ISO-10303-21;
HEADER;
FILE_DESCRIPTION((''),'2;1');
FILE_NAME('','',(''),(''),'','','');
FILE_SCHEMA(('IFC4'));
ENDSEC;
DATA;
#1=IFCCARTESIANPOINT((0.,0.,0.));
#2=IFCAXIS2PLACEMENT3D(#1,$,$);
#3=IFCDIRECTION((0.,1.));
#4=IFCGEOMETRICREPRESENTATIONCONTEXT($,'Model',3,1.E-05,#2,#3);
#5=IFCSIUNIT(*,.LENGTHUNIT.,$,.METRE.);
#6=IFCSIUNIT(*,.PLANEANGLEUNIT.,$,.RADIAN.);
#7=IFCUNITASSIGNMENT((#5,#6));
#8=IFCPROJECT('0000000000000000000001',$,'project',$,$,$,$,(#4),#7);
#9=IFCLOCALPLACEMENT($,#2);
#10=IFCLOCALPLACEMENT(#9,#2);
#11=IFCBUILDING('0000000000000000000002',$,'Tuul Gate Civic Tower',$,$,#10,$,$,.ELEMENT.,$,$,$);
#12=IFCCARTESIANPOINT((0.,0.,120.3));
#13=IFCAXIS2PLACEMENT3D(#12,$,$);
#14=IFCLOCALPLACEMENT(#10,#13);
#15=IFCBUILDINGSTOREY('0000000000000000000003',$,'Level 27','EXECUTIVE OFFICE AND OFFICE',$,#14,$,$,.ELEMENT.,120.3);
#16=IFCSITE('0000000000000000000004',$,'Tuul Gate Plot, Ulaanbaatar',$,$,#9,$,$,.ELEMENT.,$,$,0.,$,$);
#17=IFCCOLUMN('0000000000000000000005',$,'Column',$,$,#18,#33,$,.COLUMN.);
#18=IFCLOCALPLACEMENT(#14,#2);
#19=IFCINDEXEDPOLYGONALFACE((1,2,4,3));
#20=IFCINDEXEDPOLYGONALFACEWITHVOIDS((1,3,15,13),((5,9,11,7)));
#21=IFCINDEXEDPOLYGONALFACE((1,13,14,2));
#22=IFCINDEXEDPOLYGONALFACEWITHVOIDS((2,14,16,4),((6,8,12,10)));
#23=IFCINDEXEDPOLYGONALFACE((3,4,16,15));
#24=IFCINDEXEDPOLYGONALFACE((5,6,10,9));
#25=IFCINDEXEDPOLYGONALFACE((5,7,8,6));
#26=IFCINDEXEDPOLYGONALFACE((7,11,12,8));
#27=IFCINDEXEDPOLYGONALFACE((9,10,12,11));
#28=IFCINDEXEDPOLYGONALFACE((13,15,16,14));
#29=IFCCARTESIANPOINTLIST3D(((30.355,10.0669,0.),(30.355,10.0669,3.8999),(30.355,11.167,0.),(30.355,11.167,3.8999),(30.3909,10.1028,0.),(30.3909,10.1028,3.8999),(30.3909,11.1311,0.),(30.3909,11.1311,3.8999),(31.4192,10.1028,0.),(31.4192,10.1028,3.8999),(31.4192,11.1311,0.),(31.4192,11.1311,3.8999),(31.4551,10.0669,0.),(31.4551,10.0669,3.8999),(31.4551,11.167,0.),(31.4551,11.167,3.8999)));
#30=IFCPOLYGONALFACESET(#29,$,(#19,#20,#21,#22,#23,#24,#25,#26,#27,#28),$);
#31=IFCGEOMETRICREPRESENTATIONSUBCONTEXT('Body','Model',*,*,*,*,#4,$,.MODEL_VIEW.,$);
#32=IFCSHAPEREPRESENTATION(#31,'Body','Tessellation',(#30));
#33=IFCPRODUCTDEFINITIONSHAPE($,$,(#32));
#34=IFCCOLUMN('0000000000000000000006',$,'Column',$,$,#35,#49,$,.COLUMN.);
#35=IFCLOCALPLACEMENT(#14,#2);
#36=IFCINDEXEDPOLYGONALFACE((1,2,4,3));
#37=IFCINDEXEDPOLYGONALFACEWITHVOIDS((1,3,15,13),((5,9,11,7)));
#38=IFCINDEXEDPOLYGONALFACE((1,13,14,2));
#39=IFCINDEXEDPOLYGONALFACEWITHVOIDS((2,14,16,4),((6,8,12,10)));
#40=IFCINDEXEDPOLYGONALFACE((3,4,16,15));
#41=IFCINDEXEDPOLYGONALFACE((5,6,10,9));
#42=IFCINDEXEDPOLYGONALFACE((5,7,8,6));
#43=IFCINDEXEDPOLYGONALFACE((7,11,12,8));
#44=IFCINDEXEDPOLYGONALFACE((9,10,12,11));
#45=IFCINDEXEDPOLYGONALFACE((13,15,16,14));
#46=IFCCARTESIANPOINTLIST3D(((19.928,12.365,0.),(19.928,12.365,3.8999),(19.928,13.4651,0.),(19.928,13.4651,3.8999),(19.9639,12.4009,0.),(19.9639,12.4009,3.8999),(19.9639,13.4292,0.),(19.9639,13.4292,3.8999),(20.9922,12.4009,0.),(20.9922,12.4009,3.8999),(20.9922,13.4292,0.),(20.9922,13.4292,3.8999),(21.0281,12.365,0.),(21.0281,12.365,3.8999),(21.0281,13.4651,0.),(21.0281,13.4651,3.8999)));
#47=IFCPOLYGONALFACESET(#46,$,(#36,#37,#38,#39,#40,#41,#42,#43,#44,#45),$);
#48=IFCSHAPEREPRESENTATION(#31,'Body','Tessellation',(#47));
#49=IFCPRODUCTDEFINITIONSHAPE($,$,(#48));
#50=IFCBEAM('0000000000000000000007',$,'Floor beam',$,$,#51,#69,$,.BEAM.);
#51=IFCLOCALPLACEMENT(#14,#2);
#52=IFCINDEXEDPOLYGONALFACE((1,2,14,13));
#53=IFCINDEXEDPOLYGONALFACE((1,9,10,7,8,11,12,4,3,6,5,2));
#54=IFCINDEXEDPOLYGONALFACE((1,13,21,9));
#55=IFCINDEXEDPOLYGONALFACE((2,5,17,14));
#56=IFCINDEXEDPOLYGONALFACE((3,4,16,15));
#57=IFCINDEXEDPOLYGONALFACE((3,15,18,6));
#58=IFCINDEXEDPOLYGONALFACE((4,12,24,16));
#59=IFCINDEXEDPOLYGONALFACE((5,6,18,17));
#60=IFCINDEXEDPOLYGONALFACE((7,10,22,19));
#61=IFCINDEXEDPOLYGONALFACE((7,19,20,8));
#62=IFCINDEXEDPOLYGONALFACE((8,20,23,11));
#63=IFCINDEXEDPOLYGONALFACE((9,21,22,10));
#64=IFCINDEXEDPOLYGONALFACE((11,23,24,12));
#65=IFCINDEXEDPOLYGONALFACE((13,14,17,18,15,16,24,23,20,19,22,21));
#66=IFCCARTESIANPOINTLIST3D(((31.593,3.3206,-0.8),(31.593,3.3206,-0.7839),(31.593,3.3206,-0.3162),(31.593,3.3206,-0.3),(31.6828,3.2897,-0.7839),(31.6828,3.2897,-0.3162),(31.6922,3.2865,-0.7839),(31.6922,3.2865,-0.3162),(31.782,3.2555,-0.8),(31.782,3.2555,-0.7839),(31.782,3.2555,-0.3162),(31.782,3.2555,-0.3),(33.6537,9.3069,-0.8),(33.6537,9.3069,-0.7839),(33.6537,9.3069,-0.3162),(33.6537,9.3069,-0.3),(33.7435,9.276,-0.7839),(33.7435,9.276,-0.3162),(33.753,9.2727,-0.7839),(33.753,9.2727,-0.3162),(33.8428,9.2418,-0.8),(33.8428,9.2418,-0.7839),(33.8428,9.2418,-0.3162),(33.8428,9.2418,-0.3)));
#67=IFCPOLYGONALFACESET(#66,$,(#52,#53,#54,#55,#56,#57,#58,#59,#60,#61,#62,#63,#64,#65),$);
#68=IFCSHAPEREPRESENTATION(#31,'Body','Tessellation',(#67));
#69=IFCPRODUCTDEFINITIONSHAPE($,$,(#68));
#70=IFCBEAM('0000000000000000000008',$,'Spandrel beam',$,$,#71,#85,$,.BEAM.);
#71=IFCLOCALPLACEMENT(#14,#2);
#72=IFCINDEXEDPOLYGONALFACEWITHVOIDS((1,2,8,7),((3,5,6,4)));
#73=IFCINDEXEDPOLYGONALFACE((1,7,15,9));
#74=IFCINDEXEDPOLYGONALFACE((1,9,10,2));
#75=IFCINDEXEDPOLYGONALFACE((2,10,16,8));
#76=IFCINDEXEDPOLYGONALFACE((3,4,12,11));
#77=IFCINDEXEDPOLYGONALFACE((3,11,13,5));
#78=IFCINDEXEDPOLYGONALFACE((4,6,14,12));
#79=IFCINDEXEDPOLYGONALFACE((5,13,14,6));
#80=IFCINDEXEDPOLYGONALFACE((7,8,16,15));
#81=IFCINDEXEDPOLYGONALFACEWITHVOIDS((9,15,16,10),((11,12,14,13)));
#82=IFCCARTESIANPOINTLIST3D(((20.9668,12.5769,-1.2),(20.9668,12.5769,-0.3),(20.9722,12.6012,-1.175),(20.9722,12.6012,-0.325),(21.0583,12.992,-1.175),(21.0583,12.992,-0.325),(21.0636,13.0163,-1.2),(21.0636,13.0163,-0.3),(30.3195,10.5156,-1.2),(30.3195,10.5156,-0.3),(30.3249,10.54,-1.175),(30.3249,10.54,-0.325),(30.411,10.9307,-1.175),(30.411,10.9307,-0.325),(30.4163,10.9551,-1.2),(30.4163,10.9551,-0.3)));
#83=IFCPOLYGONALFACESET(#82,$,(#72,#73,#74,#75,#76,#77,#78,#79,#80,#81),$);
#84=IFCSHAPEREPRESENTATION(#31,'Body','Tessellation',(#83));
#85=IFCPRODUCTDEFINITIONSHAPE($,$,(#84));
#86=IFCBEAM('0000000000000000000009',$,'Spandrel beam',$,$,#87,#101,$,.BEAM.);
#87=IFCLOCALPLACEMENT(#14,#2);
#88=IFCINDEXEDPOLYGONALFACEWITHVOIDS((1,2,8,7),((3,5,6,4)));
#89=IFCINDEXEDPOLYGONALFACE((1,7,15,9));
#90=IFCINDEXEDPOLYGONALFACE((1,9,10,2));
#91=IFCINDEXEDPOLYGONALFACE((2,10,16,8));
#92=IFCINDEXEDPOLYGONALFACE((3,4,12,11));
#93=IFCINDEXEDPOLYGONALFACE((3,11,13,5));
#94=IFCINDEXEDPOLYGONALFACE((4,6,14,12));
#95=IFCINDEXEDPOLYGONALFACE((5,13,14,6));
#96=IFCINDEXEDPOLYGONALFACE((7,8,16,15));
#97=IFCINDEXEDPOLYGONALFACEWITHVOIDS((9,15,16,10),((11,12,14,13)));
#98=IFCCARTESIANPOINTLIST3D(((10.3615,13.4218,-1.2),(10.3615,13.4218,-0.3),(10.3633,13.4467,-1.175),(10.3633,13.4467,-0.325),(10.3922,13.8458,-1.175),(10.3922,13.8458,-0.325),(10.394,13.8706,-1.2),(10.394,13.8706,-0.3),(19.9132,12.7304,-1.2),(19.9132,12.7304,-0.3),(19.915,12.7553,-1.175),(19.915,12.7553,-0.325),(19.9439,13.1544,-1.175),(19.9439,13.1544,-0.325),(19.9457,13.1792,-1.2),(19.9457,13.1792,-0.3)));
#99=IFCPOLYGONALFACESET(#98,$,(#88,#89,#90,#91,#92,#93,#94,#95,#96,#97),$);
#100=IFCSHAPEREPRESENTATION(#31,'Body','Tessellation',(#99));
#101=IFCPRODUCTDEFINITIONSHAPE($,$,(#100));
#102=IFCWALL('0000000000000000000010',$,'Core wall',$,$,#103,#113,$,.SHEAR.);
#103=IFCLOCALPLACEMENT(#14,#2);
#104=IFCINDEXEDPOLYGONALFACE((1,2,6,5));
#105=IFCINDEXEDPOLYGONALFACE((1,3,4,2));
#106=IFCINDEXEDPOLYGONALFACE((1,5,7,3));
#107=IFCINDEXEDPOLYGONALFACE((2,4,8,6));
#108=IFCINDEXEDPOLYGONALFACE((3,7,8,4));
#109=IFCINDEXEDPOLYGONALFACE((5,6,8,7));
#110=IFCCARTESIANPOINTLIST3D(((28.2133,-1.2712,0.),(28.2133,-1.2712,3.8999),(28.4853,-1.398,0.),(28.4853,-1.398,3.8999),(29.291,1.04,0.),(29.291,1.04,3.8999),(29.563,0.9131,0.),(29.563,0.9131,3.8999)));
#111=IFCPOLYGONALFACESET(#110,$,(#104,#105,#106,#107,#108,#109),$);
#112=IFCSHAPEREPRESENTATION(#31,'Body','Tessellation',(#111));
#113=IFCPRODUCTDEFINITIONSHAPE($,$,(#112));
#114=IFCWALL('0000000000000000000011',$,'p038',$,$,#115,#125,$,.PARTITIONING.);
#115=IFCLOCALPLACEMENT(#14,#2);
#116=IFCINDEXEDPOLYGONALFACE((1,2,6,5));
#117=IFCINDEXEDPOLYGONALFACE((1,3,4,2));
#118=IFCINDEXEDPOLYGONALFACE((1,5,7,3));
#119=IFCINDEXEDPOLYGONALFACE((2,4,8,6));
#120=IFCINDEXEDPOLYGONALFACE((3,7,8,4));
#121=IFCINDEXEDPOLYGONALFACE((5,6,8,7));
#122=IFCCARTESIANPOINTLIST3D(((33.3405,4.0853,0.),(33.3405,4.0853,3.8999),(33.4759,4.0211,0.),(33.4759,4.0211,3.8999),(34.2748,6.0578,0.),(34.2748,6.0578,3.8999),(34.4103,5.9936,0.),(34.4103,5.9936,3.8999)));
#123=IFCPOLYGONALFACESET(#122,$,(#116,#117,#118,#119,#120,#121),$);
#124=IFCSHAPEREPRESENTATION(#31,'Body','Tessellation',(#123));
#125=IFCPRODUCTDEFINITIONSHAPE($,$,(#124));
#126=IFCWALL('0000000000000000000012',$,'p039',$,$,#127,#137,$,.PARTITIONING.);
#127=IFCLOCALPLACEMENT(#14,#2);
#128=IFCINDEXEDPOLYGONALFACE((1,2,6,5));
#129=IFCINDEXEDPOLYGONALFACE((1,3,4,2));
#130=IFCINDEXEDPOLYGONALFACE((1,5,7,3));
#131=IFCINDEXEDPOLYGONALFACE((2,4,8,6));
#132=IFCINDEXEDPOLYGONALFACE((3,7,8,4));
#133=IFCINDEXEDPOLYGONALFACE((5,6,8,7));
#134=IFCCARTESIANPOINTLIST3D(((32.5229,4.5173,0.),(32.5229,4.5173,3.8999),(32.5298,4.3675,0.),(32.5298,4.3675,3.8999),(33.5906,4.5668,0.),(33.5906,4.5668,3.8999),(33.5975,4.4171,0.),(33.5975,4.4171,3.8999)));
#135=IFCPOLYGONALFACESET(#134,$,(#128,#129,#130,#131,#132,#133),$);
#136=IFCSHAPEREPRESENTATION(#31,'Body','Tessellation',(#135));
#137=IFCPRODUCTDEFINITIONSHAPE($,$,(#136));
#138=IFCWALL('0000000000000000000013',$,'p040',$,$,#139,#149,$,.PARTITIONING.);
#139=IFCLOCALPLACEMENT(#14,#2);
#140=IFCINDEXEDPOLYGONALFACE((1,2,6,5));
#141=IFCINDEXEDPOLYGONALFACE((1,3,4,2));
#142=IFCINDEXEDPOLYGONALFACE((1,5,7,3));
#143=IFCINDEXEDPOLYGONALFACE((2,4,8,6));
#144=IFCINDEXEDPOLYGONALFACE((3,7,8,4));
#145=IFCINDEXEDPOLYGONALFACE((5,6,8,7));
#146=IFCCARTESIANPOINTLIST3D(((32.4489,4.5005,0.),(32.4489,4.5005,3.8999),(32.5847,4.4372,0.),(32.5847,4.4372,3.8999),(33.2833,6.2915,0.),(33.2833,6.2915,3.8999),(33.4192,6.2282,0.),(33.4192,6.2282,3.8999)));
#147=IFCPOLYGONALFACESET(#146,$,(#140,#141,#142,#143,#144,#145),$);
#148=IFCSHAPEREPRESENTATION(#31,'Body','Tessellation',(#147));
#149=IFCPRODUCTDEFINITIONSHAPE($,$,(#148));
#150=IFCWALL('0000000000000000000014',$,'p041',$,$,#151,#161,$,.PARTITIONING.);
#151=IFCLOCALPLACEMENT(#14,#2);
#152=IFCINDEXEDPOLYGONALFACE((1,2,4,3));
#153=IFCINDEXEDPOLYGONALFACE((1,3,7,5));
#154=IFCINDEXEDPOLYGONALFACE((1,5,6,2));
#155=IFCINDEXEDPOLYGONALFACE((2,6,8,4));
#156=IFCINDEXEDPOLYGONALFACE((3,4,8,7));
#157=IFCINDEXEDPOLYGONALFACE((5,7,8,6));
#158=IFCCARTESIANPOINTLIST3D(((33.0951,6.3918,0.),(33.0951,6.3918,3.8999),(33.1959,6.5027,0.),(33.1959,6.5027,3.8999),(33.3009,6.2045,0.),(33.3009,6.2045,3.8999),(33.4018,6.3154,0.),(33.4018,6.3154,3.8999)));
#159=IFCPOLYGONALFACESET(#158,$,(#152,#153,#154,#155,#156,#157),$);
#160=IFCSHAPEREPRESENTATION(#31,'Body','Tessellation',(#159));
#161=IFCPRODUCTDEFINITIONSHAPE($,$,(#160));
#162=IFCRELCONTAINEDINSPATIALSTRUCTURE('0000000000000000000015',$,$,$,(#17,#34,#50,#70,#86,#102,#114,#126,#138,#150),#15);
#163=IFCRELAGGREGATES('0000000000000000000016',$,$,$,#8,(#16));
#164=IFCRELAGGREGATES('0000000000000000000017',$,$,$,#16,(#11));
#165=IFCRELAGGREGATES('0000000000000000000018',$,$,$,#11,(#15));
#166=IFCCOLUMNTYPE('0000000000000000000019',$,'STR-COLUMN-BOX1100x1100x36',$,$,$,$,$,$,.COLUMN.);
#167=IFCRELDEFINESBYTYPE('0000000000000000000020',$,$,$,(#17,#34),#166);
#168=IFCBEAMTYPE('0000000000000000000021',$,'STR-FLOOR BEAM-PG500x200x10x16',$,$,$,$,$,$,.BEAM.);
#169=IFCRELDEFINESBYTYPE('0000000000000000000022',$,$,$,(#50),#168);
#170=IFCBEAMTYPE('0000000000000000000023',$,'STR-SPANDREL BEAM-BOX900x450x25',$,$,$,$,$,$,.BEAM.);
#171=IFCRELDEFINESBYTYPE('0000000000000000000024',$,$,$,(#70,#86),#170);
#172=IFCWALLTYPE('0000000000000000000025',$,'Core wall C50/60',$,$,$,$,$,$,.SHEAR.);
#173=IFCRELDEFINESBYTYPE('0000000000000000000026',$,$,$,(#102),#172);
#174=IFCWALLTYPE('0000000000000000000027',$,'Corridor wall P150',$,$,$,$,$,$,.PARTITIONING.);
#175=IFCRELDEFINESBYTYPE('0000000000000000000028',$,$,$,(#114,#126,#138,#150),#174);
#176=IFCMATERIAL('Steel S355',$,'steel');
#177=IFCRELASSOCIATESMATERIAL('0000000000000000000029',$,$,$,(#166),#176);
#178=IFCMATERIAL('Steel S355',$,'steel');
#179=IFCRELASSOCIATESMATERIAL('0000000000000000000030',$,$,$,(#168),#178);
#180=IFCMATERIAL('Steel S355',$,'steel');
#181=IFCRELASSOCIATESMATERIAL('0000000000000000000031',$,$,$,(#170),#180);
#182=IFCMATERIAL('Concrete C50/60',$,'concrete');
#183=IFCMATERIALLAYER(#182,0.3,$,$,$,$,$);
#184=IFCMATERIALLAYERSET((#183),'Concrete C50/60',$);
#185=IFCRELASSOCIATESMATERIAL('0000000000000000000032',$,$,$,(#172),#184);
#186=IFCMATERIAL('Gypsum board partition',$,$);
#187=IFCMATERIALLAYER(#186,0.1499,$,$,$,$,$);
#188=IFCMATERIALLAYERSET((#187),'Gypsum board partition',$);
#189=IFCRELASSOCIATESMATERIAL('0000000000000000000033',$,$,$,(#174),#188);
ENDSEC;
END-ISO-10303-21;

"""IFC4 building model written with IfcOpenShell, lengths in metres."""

from ifc_helpers import new_model, si_unit, direction, frame, frame_2d, origin, origin_2d, place, context, subcontext, project, spatial, rectangle, hollow_rectangle, i_section, extrude, material, layer, layer_set, material_profile, profile_set, type_object, element, save


model = new_model("IFC4")

# Units and contexts
model_context = context("Model", 3, precision=1e-05, world=origin(), true_north=direction((0.0, 1.0)))
body_context = subcontext(model_context, "Body", "Model", "MODEL_VIEW")
ifc_project = project(units=[si_unit("LENGTHUNIT", "METRE"), si_unit("PLANEANGLEUNIT", "RADIAN")], contexts=[model_context])

# Site, building, storey
site_placement = place(None, origin())
site = spatial("IfcSite", under=ifc_project, at=site_placement, Name="Tuul Gate Plot, Ulaanbaatar", CompositionType="ELEMENT", RefElevation=0.0)
building_placement = place(site_placement, origin())
building = spatial("IfcBuilding", under=site, at=building_placement, Name="Tuul Gate Civic Tower", CompositionType="ELEMENT")
storey_placement = place(building_placement, frame((0.0, 0.0, 120.3)))
storey = spatial("IfcBuildingStorey", under=building, at=storey_placement, Name="Level 27", Description="EXECUTIVE OFFICE AND OFFICE", CompositionType="ELEMENT", Elevation=120.3)

# Columns
ifc_material_1 = material(Name="Steel S355", Category="steel")
ifc_material_profile_1 = material_profile(ifc_material_1, hollow_rectangle(XDim=1.1001, YDim=1.1001, WallThickness=0.0359, at=origin_2d()), Name="BOX1100x1100x36")
ifc_profile_set_1 = profile_set([ifc_material_profile_1], Name="Steel S355")
column_type = type_object("IfcColumnType", Name="STR-COLUMN-BOX1100x1100x36", PredefinedType="COLUMN", material=ifc_profile_set_1)
for number, where, z_axis, x_axis, name in (
    (1, (30.905, 10.6169, 0.0), (0.0, 0.0, 1.0), (1.0, 0.0, 0.0), "Column"),
    (2, (20.478, 12.915, 0.0), (0.0, 0.0, 1.0), (1.0, 0.0, 0.0), "Column"),
):
    element("IfcColumn", number, at=place(storey_placement, frame(where, z_axis=z_axis, x_axis=x_axis)), inside=storey, type_object=column_type, Name=name, PredefinedType="COLUMN", context=body_context, shape_type="SweptSolid", body=[
        extrude(hollow_rectangle(XDim=1.1001, YDim=1.1001, WallThickness=0.0359, at=origin_2d()), origin(), (0.0, 0.0, 1.0), 3.8999),
    ])

# Beams
ifc_material_2 = material(Name="Steel S355", Category="steel")
ifc_material_profile_2 = material_profile(ifc_material_2, i_section(OverallWidth=0.2, OverallDepth=0.5, WebThickness=0.01, FlangeThickness=0.0161, at=origin_2d()), Name="PG500x200x10x16")
ifc_profile_set_2 = profile_set([ifc_material_profile_2], Name="Steel S355")
beam_type_1 = type_object("IfcBeamType", Name="STR-FLOOR BEAM-PG500x200x10x16", PredefinedType="BEAM", material=ifc_profile_set_2)
beam_1_placement = place(storey_placement, frame((31.6875, 3.2881, -0.55), z_axis=(0.325502, 0.945541, 0.0), x_axis=(-0.945541, 0.325502, 0.0)))
element("IfcBeam", 3, at=beam_1_placement, inside=storey, type_object=beam_type_1, Name="Floor beam", PredefinedType="BEAM", context=body_context, shape_type="SweptSolid", body=[
    extrude(i_section(OverallWidth=0.2, OverallDepth=0.5, WebThickness=0.01, FlangeThickness=0.0161, at=origin_2d()), origin(), (0.0, 0.0, 1.0), 6.3311),
])
ifc_material_3 = material(Name="Steel S355", Category="steel")
ifc_material_profile_3 = material_profile(ifc_material_3, hollow_rectangle(XDim=0.45, YDim=0.8999, WallThickness=0.0249, at=origin_2d()), Name="BOX900x450x25")
ifc_profile_set_3 = profile_set([ifc_material_profile_3], Name="Steel S355")
beam_type_2 = type_object("IfcBeamType", Name="STR-SPANDREL BEAM-BOX900x450x25", PredefinedType="BEAM", material=ifc_profile_set_3)
beam_2_placement = place(storey_placement, frame((30.3679, 10.7354, -0.75), z_axis=(-0.976564, 0.215227, 0.0), x_axis=(-0.215227, -0.976564, 0.0)))
element("IfcBeam", 4, at=beam_2_placement, inside=storey, type_object=beam_type_2, Name="Spandrel beam", PredefinedType="BEAM", context=body_context, shape_type="SweptSolid", body=[
    extrude(hollow_rectangle(XDim=0.45, YDim=0.8999, WallThickness=0.0249, at=origin_2d()), origin(), (0.0, 0.0, 1.0), 9.5771),
])
beam_3_placement = place(storey_placement, frame((19.9294, 12.9548, -0.75), z_axis=(-0.99739, 0.072196, 0.0), x_axis=(-0.072196, -0.99739, 0.0)))
element("IfcBeam", 5, at=beam_3_placement, inside=storey, type_object=beam_type_2, Name="Spandrel beam", PredefinedType="BEAM", context=body_context, shape_type="SweptSolid", body=[
    extrude(hollow_rectangle(XDim=0.45, YDim=0.8999, WallThickness=0.0249, at=origin_2d()), origin(), (0.0, 0.0, 1.0), 9.5767),
])

# Walls
ifc_material_4 = material(Name="Concrete C50/60", Category="concrete")
ifc_layer_1 = layer(ifc_material_4, 0.3)
ifc_layer_set_1 = layer_set([ifc_layer_1], Name="Concrete C50/60")
wall_type_1 = type_object("IfcWallType", Name="Core wall C50/60", PredefinedType="SHEAR", material=ifc_layer_set_1)
wall_1_placement = place(storey_placement, frame((28.3494, -1.3345, 0.0), z_axis=(0.0, 0.0, 1.0), x_axis=(0.422613, 0.90631, 0.0)))
element("IfcWall", 6, at=wall_1_placement, inside=storey, type_object=wall_type_1, Name="Core wall", PredefinedType="SHEAR", context=body_context, shape_type="SweptSolid", body=[
    extrude(rectangle(XDim=2.55, YDim=0.3, at=frame_2d((1.2749, 0.0))), origin(), (0.0, 0.0, 1.0), 3.8999),
])
ifc_material_5 = material(Name="Gypsum board partition")
ifc_layer_2 = layer(ifc_material_5, 0.1499)
ifc_layer_set_2 = layer_set([ifc_layer_2], Name="Gypsum board partition")
wall_type_2 = type_object("IfcWallType", Name="Corridor wall P150", PredefinedType="PARTITIONING", material=ifc_layer_set_2)
wall_2_placement = place(storey_placement, frame((33.4082, 4.0532, 0.0), z_axis=(0.0, 0.0, 1.0), x_axis=(0.428096, 0.903733, 0.0)))
element("IfcWall", 7, at=wall_2_placement, inside=storey, type_object=wall_type_2, Name="p038", PredefinedType="PARTITIONING", context=body_context, shape_type="SweptSolid", body=[
    extrude(rectangle(XDim=2.1826, YDim=0.1499, at=frame_2d((1.0913, 0.0))), origin(), (0.0, 0.0, 1.0), 3.8999),
])
wall_3_placement = place(storey_placement, frame((32.5264, 4.4424, 0.0), z_axis=(0.0, 0.0, 1.0), x_axis=(0.998924, 0.046371, 0.0)))
element("IfcWall", 8, at=wall_3_placement, inside=storey, type_object=wall_type_2, Name="p039", PredefinedType="PARTITIONING", context=body_context, shape_type="SweptSolid", body=[
    extrude(rectangle(XDim=1.0688, YDim=0.1499, at=frame_2d((0.5344, 0.0))), origin(), (0.0, 0.0, 1.0), 3.8999),
])
wall_4_placement = place(storey_placement, frame((32.5168, 4.469, 0.0), z_axis=(0.0, 0.0, 1.0), x_axis=(0.422331, 0.906442, 0.0)))
element("IfcWall", 9, at=wall_4_placement, inside=storey, type_object=wall_type_2, Name="p040", PredefinedType="PARTITIONING", context=body_context, shape_type="SweptSolid", body=[
    extrude(rectangle(XDim=1.9758, YDim=0.1499, at=frame_2d((0.9878, 0.0))), origin(), (0.0, 0.0, 1.0), 3.8999),
])
wall_5_placement = place(storey_placement, frame((33.1455, 6.4473, 0.0), z_axis=(0.0, 0.0, 1.0), x_axis=(0.739662, -0.672978, 0.0)))
element("IfcWall", 10, at=wall_5_placement, inside=storey, type_object=wall_type_2, Name="p041", PredefinedType="PARTITIONING", context=body_context, shape_type="SweptSolid", body=[
    extrude(rectangle(XDim=0.2783, YDim=0.1499, at=frame_2d((0.1392, 0.0))), origin(), (0.0, 0.0, 1.0), 3.8999),
])

save(model, "model.ifc")
